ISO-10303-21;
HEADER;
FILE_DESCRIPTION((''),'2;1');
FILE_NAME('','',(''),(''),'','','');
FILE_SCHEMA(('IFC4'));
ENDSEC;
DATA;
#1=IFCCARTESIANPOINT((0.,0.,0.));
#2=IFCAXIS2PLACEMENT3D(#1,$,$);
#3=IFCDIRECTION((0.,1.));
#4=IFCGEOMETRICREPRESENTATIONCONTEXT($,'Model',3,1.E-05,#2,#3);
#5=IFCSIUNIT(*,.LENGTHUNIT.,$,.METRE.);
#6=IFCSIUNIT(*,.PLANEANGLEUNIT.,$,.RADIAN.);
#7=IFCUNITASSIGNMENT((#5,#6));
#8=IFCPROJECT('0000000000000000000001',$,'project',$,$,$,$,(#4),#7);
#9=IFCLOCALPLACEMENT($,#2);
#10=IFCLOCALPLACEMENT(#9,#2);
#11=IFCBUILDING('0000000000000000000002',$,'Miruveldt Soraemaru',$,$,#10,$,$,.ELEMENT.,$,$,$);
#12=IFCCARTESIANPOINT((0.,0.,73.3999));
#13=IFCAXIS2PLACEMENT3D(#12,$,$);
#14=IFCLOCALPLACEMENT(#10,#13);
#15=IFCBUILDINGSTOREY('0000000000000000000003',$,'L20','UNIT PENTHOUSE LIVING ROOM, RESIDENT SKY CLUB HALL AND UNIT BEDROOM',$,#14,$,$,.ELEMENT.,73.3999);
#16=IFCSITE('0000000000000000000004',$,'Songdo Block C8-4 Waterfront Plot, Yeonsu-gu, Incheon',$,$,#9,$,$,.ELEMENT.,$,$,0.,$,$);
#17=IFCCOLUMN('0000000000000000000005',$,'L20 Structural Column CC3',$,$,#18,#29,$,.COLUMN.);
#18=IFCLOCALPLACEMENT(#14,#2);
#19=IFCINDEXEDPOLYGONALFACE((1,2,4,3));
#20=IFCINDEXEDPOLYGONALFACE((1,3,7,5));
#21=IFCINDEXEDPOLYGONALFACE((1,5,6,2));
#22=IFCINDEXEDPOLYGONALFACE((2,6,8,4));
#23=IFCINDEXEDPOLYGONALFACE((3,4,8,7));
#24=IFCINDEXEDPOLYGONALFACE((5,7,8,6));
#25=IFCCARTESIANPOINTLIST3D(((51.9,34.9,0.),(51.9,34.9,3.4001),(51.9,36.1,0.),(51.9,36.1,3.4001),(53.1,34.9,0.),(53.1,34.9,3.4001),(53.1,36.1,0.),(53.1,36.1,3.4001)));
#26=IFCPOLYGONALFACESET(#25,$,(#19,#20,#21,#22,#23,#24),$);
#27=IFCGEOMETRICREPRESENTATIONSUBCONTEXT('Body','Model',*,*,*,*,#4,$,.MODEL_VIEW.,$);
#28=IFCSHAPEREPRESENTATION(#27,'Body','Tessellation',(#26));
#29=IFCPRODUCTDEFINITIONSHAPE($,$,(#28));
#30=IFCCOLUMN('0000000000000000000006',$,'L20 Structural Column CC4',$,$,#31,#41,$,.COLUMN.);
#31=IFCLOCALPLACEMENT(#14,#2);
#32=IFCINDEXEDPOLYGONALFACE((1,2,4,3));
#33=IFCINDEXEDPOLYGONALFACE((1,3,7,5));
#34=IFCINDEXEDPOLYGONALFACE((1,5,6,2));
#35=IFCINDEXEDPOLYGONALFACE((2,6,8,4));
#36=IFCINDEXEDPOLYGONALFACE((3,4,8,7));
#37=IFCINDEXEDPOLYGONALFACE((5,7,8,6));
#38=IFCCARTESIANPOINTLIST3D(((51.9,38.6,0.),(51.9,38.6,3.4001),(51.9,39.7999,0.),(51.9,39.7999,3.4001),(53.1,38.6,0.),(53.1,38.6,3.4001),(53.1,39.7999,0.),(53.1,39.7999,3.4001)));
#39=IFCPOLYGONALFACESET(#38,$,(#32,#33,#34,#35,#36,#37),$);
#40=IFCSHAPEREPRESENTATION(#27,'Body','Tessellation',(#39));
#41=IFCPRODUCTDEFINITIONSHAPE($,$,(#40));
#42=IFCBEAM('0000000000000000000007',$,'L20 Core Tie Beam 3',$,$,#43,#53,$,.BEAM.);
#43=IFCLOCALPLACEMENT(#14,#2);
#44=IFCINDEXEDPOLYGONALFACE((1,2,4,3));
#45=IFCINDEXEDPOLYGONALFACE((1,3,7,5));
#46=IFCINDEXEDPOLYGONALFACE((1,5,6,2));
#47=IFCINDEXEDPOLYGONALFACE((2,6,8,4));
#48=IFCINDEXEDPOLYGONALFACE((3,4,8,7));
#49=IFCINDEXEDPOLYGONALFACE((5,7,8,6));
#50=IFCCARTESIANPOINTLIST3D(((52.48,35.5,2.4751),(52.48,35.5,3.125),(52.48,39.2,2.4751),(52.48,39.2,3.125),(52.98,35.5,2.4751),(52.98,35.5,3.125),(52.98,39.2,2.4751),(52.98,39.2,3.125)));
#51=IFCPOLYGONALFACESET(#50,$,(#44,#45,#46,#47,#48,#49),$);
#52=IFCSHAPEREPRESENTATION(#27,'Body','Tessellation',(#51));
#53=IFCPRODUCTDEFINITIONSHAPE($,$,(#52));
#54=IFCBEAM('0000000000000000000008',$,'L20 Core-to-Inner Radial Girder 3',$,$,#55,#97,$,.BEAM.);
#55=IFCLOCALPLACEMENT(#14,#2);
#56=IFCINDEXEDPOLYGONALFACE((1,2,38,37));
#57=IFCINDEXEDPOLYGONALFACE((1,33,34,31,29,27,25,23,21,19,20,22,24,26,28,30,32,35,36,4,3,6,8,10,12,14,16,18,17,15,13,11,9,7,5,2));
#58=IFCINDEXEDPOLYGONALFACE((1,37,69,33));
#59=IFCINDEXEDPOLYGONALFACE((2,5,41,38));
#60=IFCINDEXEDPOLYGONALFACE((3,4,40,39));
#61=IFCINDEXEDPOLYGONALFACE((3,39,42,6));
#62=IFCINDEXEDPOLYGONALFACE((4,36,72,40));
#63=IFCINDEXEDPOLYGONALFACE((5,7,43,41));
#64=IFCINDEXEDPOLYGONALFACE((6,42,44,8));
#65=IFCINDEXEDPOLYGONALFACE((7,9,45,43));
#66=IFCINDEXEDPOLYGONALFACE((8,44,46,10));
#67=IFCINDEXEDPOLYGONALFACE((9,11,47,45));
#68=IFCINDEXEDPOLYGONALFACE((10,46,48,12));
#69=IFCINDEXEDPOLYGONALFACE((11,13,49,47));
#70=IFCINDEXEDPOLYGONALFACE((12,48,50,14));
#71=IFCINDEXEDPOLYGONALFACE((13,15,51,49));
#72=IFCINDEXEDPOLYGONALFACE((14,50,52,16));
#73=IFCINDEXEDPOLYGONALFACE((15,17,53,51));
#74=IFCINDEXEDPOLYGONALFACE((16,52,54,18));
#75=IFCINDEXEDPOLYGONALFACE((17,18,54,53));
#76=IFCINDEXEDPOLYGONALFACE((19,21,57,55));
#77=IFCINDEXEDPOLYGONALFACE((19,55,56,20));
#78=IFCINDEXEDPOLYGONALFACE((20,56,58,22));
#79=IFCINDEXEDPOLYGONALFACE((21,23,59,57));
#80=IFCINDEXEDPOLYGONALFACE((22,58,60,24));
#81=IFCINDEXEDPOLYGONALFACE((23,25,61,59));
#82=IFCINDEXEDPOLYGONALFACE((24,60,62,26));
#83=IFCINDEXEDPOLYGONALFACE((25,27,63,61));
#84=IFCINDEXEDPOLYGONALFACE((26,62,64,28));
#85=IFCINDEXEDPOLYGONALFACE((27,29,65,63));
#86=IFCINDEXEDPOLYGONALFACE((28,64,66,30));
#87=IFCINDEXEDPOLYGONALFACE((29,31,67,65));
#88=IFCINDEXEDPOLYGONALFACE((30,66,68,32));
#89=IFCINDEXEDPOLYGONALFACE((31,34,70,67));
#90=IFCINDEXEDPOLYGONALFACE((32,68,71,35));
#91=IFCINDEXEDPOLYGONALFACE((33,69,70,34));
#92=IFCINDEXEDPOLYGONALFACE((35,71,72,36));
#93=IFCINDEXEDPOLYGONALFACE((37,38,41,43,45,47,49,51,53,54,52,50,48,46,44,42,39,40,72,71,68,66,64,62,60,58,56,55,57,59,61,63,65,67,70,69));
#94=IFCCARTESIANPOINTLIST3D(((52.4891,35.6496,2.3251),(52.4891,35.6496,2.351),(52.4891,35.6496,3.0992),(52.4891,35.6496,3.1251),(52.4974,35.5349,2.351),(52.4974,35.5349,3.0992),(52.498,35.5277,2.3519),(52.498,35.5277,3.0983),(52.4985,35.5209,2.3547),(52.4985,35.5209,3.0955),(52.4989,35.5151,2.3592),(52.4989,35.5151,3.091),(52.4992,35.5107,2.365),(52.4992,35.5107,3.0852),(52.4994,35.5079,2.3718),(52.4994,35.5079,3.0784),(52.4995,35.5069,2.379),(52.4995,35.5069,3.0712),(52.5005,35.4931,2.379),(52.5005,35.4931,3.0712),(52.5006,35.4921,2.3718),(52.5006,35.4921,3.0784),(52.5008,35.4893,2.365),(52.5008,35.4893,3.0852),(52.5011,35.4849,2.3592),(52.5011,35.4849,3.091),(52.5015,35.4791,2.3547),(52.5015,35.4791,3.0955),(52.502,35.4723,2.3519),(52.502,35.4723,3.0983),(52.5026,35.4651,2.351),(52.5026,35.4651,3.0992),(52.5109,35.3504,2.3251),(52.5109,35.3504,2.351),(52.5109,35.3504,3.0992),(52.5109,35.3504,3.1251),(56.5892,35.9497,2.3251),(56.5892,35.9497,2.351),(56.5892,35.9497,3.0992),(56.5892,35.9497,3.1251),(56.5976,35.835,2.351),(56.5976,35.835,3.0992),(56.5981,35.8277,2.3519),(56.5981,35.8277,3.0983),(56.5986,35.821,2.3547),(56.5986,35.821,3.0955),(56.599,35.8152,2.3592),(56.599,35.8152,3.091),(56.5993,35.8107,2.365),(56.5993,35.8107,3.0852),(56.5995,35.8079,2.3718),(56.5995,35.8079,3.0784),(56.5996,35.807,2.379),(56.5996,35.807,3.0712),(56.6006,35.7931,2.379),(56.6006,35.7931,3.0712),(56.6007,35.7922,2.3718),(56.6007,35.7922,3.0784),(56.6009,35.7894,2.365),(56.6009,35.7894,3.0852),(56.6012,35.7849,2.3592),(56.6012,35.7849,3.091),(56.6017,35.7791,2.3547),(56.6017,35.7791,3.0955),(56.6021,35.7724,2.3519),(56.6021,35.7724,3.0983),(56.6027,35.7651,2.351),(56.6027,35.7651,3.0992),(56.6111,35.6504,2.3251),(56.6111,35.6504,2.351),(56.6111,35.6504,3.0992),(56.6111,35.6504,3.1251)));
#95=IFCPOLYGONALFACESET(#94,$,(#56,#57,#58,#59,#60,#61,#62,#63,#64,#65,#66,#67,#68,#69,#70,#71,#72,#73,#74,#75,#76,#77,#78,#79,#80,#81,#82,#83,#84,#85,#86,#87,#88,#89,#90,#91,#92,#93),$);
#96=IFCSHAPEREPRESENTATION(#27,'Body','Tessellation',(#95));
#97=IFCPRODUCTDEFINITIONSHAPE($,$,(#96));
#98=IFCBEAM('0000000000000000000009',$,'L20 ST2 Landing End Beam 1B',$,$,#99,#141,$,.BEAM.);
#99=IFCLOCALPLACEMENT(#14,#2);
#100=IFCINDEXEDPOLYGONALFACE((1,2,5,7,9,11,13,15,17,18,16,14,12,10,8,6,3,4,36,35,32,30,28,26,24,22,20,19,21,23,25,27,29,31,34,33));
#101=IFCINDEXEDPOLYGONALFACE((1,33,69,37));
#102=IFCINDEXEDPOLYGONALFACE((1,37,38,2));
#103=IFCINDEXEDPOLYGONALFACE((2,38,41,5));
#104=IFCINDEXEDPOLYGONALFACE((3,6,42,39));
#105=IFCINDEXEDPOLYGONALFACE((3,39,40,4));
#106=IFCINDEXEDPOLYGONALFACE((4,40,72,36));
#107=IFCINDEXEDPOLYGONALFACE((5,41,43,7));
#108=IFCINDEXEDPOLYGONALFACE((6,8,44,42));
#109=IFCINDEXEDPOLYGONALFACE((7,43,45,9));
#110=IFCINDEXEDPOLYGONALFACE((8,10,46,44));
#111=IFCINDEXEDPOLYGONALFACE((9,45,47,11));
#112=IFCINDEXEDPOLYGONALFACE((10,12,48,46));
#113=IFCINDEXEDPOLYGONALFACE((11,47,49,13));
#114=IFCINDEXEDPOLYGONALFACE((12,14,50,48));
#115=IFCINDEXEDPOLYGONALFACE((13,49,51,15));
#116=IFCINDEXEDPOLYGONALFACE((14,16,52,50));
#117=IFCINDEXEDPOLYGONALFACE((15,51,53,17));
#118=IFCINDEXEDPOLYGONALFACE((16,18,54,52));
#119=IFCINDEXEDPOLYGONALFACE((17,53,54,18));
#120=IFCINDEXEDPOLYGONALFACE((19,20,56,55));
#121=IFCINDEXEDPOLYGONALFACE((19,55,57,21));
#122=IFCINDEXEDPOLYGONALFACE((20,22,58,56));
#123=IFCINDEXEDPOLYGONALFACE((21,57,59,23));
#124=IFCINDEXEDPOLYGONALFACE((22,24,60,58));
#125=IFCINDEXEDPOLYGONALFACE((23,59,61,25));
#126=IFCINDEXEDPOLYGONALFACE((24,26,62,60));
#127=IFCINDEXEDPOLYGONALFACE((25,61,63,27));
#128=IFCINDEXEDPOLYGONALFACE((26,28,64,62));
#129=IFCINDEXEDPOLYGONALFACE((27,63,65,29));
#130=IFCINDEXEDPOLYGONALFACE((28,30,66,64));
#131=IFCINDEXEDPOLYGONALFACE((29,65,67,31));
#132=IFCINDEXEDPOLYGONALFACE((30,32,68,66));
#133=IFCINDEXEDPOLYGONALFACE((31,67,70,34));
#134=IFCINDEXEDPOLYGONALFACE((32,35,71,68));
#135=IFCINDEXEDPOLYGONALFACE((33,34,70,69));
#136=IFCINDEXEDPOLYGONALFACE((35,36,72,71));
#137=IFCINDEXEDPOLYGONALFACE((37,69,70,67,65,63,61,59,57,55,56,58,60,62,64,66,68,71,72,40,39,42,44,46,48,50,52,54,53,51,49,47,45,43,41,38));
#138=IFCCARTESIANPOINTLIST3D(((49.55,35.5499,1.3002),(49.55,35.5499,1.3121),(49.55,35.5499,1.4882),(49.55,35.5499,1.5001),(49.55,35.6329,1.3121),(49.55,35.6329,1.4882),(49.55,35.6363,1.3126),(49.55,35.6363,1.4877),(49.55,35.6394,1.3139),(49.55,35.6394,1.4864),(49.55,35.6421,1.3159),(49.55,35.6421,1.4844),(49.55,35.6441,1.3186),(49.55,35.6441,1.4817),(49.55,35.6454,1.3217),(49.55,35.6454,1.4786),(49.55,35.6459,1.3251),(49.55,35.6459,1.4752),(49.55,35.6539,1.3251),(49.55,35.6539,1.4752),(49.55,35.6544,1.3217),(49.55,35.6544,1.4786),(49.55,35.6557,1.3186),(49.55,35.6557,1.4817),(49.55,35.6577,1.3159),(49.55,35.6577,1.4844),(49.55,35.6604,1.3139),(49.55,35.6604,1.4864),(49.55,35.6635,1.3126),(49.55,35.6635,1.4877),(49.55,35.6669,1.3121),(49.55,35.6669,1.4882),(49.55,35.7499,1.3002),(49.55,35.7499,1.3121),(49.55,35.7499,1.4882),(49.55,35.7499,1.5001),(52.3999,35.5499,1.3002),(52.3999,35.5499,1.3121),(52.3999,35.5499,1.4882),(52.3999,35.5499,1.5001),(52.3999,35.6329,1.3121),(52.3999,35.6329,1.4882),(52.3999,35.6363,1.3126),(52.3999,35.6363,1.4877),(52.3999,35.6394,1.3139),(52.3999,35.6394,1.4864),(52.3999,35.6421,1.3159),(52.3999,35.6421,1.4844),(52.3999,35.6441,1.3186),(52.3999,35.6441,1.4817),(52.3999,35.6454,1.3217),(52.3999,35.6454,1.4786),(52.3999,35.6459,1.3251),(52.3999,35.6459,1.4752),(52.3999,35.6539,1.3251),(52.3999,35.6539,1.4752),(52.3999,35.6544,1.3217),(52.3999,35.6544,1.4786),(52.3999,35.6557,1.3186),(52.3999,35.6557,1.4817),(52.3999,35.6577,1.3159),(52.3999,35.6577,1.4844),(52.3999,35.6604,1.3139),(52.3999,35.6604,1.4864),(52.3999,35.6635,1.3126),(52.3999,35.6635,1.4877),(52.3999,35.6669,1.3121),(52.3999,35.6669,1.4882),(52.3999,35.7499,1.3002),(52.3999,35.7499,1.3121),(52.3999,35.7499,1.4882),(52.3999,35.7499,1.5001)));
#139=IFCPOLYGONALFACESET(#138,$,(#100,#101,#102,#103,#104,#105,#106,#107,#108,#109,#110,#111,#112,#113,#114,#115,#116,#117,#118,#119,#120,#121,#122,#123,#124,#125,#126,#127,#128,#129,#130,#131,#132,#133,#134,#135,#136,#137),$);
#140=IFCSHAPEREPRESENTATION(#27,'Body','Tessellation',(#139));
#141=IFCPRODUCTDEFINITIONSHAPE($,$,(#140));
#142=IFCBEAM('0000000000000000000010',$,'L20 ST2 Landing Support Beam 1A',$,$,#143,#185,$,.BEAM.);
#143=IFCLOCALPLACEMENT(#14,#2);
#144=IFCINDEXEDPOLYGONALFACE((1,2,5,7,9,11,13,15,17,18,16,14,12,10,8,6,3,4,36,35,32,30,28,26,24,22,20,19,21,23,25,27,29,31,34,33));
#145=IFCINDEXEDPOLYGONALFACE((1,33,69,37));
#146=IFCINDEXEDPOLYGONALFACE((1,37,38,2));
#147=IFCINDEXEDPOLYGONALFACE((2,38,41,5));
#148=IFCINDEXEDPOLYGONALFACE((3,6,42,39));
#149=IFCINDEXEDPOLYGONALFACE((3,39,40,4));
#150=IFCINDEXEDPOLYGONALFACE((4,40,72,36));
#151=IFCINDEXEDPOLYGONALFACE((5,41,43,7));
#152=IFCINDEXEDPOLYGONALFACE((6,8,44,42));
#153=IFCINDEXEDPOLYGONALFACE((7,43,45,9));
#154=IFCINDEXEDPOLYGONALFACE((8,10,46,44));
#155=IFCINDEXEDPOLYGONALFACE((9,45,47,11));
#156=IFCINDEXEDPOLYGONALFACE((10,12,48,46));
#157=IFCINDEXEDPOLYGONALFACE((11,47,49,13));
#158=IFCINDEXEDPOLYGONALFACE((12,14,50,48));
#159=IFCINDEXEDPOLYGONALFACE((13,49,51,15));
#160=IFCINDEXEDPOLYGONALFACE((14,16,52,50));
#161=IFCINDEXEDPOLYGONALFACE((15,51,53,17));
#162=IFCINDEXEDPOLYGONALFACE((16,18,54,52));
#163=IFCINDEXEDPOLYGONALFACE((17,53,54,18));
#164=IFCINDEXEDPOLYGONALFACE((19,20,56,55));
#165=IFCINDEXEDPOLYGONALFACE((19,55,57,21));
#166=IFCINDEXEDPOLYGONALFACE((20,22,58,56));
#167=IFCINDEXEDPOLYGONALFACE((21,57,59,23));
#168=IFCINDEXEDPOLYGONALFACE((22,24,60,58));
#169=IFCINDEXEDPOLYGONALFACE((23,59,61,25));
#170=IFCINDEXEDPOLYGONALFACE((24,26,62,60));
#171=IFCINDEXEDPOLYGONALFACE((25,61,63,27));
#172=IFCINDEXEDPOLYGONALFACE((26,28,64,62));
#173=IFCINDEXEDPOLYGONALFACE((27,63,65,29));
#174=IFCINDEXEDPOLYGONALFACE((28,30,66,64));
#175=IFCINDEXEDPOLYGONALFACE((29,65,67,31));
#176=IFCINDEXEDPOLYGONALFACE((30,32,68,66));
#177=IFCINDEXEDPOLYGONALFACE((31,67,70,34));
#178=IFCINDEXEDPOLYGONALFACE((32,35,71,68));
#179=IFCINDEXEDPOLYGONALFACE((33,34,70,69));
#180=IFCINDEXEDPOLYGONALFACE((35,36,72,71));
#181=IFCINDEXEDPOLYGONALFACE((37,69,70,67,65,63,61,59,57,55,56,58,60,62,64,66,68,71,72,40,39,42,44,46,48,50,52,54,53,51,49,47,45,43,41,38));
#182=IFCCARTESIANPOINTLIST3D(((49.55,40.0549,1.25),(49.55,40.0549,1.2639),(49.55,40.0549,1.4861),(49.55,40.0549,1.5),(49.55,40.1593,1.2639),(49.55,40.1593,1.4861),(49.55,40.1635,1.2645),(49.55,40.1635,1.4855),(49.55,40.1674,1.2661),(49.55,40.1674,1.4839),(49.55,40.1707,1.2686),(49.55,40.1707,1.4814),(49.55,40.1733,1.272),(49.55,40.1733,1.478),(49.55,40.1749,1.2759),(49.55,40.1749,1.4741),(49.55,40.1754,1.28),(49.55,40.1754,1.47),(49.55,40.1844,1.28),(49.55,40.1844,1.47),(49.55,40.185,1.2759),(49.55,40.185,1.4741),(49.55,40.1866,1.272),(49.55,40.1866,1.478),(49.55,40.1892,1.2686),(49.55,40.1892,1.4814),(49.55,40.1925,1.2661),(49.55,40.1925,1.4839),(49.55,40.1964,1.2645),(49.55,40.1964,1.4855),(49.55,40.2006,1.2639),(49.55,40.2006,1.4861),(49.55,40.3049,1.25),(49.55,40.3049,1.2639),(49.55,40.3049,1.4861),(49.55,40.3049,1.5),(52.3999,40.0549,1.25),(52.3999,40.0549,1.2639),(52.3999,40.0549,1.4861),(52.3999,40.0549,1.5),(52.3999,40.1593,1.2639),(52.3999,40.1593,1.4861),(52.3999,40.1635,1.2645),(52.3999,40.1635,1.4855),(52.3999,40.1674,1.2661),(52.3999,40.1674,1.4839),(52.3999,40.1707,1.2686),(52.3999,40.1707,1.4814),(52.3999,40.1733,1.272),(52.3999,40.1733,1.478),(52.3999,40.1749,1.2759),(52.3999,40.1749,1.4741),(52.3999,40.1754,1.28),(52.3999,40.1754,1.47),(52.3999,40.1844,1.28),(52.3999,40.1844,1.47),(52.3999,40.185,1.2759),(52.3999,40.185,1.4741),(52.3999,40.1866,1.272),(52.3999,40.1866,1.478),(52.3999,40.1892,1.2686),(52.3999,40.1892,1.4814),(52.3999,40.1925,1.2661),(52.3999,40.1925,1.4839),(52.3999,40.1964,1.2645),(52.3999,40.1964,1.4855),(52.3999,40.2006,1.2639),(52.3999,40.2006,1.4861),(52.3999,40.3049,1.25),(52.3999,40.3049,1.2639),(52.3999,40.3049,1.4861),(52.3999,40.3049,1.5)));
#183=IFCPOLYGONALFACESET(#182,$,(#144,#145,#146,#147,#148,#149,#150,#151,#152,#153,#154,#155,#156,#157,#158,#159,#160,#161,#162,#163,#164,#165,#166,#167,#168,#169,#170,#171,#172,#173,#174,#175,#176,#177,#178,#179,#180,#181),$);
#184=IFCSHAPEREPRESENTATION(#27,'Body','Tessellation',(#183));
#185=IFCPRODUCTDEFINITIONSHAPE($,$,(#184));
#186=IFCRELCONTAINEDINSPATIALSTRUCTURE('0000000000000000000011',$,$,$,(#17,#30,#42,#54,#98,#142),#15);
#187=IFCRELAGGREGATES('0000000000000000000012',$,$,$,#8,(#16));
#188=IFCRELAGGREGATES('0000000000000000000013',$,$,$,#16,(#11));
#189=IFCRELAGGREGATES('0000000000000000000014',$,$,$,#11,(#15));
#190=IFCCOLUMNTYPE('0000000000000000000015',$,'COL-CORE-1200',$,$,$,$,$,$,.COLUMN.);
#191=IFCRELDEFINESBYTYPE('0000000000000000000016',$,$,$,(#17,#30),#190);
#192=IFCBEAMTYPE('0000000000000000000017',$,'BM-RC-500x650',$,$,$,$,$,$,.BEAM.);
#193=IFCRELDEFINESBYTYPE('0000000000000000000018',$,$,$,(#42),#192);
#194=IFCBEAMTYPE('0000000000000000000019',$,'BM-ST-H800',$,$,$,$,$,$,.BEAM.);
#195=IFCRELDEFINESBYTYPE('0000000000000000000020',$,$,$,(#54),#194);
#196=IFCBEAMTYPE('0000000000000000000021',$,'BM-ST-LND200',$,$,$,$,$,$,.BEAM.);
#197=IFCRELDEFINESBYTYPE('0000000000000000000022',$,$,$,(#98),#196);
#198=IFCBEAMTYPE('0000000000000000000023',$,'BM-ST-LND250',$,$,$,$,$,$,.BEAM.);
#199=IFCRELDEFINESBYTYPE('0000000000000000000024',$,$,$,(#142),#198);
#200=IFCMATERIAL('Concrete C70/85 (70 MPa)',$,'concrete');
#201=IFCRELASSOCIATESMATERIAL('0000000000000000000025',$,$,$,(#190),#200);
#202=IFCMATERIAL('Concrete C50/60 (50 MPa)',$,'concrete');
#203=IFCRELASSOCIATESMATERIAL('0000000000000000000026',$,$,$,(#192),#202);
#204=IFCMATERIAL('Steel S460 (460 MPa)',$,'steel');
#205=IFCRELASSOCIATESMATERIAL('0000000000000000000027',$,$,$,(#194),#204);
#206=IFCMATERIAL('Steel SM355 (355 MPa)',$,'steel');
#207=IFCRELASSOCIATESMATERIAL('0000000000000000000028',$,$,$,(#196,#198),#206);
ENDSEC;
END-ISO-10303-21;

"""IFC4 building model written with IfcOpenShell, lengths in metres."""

from ifc_helpers import new_model, si_unit, direction, frame, origin, origin_2d, place, context, subcontext, project, spatial, rectangle, i_section, extrude, material, material_profile, profile_set, type_object, element, save


model = new_model("IFC4")

# Units and contexts
model_context = context("Model", 3, precision=1e-05, world=origin(), true_north=direction((0.0, 1.0)))
body_context = subcontext(model_context, "Body", "Model", "MODEL_VIEW")
ifc_project = project(units=[si_unit("LENGTHUNIT", "METRE"), si_unit("PLANEANGLEUNIT", "RADIAN")], contexts=[model_context])

# Site, building, storey
site_placement = place(None, origin())
site = spatial("IfcSite", under=ifc_project, at=site_placement, Name="Songdo Block C8-4 Waterfront Plot, Yeonsu-gu, Incheon", CompositionType="ELEMENT", RefElevation=0.0)
building_placement = place(site_placement, origin())
building = spatial("IfcBuilding", under=site, at=building_placement, Name="Miruveldt Soraemaru", CompositionType="ELEMENT")
storey_placement = place(building_placement, frame((0.0, 0.0, 73.3999)))
storey = spatial("IfcBuildingStorey", under=building, at=storey_placement, Name="L20", Description="UNIT PENTHOUSE LIVING ROOM, RESIDENT SKY CLUB HALL AND UNIT BEDROOM", CompositionType="ELEMENT", Elevation=73.3999)

# Columns
ifc_material_1 = material(Name="Concrete C70/85 (70 MPa)", Category="concrete")
ifc_material_profile_1 = material_profile(ifc_material_1, rectangle(XDim=1.2, YDim=1.2, at=origin_2d()), Name="Concrete C70/85 (70 MPa)", Category="concrete")
ifc_profile_set_1 = profile_set([ifc_material_profile_1], Name="Concrete C70/85 (70 MPa)")
column_type = type_object("IfcColumnType", Name="COL-CORE-1200", PredefinedType="COLUMN", material=ifc_profile_set_1)
for number, where, z_axis, x_axis, name in (
    (1, (52.5, 35.5, 0.0), (0.0, 0.0, 1.0), (1.0, 0.0, 0.0), "L20 Structural Column CC3"),
    (2, (52.5, 39.2, 0.0), (0.0, 0.0, 1.0), (1.0, 0.0, 0.0), "L20 Structural Column CC4"),
):
    element("IfcColumn", number, at=place(storey_placement, frame(where, z_axis=z_axis, x_axis=x_axis)), inside=storey, type_object=column_type, Name=name, PredefinedType="COLUMN", context=body_context, shape_type="SweptSolid", body=[
        extrude(rectangle(XDim=1.2, YDim=1.2, at=origin_2d()), origin(), (0.0, 0.0, 1.0), 3.4001),
    ])

# Beams
ifc_material_2 = material(Name="Concrete C50/60 (50 MPa)", Category="concrete")
ifc_material_profile_2 = material_profile(ifc_material_2, rectangle(XDim=0.5, YDim=0.6499, at=origin_2d()), Name="Concrete C50/60 (50 MPa)", Category="concrete")
ifc_profile_set_2 = profile_set([ifc_material_profile_2], Name="Concrete C50/60 (50 MPa)")
beam_type_1 = type_object("IfcBeamType", Name="BM-RC-500x650", PredefinedType="BEAM", material=ifc_profile_set_2)
beam_1_placement = place(storey_placement, frame((52.73, 35.5, 2.8), z_axis=(0.0, 1.0, 0.0), x_axis=(-1.0, 0.0, 0.0)))
element("IfcBeam", 3, at=beam_1_placement, inside=storey, type_object=beam_type_1, Name="L20 Core Tie Beam 3", PredefinedType="BEAM", context=body_context, shape_type="SweptSolid", body=[
    extrude(rectangle(XDim=0.5, YDim=0.6499, at=origin_2d()), origin(), (0.0, 0.0, 1.0), 3.7),
])
ifc_material_3 = material(Name="Steel S460 (460 MPa)", Category="steel")
ifc_material_profile_3 = material_profile(ifc_material_3, i_section(OverallWidth=0.3, OverallDepth=0.8, WebThickness=0.0139, FlangeThickness=0.0259, FilletRadius=0.0281, at=origin_2d()), Name="Steel S460 (460 MPa)", Category="steel")
ifc_profile_set_3 = profile_set([ifc_material_profile_3], Name="Steel S460 (460 MPa)")
beam_type_2 = type_object("IfcBeamType", Name="BM-ST-H800", PredefinedType="BEAM", material=ifc_profile_set_3)
beam_2_placement = place(storey_placement, frame((52.5, 35.5, 2.7251), z_axis=(0.997333, 0.072986, 0.0), x_axis=(-0.072986, 0.997333, 0.0)))
element("IfcBeam", 4, at=beam_2_placement, inside=storey, type_object=beam_type_2, Name="L20 Core-to-Inner Radial Girder 3", PredefinedType="BEAM", context=body_context, shape_type="SweptSolid", body=[
    extrude(i_section(OverallWidth=0.3, OverallDepth=0.8, WebThickness=0.0139, FlangeThickness=0.0259, FilletRadius=0.0281, at=origin_2d()), origin(), (0.0, 0.0, 1.0), 4.1111),
])
ifc_material_4 = material(Name="Steel SM355 (355 MPa)", Category="steel")
ifc_material_profile_4 = material_profile(ifc_material_4, i_section(OverallWidth=0.2, OverallDepth=0.2, WebThickness=0.0081, FlangeThickness=0.012, FilletRadius=0.0129, at=origin_2d()), Name="Steel SM355 (355 MPa)", Category="steel")
ifc_profile_set_4 = profile_set([ifc_material_profile_4], Name="Steel SM355 (355 MPa)")
beam_type_3 = type_object("IfcBeamType", Name="BM-ST-LND200", PredefinedType="BEAM", material=ifc_profile_set_4)
beam_3_placement = place(storey_placement, frame((49.55, 35.6499, 1.4001), z_axis=(1.0, 0.0, 0.0), x_axis=(0.0, 1.0, 0.0)))
element("IfcBeam", 5, at=beam_3_placement, inside=storey, type_object=beam_type_3, Name="L20 ST2 Landing End Beam 1B", PredefinedType="BEAM", context=body_context, shape_type="SweptSolid", body=[
    extrude(i_section(OverallWidth=0.2, OverallDepth=0.2, WebThickness=0.0081, FlangeThickness=0.012, FilletRadius=0.0129, at=origin_2d()), origin(), (0.0, 0.0, 1.0), 2.8499),
])
ifc_material_profile_5 = material_profile(ifc_material_4, i_section(OverallWidth=0.25, OverallDepth=0.25, WebThickness=0.009, FlangeThickness=0.0139, FilletRadius=0.0161, at=origin_2d()), Name="Steel SM355 (355 MPa)", Category="steel")
ifc_profile_set_5 = profile_set([ifc_material_profile_5], Name="Steel SM355 (355 MPa)")
beam_type_4 = type_object("IfcBeamType", Name="BM-ST-LND250", PredefinedType="BEAM", material=ifc_profile_set_5)
beam_4_placement = place(storey_placement, frame((49.55, 40.1799, 1.375), z_axis=(1.0, 0.0, 0.0), x_axis=(0.0, 1.0, 0.0)))
element("IfcBeam", 6, at=beam_4_placement, inside=storey, type_object=beam_type_4, Name="L20 ST2 Landing Support Beam 1A", PredefinedType="BEAM", context=body_context, shape_type="SweptSolid", body=[
    extrude(i_section(OverallWidth=0.25, OverallDepth=0.25, WebThickness=0.009, FlangeThickness=0.0139, FilletRadius=0.0161, at=origin_2d()), origin(), (0.0, 0.0, 1.0), 2.8499),
])

save(model, "model.ifc")
